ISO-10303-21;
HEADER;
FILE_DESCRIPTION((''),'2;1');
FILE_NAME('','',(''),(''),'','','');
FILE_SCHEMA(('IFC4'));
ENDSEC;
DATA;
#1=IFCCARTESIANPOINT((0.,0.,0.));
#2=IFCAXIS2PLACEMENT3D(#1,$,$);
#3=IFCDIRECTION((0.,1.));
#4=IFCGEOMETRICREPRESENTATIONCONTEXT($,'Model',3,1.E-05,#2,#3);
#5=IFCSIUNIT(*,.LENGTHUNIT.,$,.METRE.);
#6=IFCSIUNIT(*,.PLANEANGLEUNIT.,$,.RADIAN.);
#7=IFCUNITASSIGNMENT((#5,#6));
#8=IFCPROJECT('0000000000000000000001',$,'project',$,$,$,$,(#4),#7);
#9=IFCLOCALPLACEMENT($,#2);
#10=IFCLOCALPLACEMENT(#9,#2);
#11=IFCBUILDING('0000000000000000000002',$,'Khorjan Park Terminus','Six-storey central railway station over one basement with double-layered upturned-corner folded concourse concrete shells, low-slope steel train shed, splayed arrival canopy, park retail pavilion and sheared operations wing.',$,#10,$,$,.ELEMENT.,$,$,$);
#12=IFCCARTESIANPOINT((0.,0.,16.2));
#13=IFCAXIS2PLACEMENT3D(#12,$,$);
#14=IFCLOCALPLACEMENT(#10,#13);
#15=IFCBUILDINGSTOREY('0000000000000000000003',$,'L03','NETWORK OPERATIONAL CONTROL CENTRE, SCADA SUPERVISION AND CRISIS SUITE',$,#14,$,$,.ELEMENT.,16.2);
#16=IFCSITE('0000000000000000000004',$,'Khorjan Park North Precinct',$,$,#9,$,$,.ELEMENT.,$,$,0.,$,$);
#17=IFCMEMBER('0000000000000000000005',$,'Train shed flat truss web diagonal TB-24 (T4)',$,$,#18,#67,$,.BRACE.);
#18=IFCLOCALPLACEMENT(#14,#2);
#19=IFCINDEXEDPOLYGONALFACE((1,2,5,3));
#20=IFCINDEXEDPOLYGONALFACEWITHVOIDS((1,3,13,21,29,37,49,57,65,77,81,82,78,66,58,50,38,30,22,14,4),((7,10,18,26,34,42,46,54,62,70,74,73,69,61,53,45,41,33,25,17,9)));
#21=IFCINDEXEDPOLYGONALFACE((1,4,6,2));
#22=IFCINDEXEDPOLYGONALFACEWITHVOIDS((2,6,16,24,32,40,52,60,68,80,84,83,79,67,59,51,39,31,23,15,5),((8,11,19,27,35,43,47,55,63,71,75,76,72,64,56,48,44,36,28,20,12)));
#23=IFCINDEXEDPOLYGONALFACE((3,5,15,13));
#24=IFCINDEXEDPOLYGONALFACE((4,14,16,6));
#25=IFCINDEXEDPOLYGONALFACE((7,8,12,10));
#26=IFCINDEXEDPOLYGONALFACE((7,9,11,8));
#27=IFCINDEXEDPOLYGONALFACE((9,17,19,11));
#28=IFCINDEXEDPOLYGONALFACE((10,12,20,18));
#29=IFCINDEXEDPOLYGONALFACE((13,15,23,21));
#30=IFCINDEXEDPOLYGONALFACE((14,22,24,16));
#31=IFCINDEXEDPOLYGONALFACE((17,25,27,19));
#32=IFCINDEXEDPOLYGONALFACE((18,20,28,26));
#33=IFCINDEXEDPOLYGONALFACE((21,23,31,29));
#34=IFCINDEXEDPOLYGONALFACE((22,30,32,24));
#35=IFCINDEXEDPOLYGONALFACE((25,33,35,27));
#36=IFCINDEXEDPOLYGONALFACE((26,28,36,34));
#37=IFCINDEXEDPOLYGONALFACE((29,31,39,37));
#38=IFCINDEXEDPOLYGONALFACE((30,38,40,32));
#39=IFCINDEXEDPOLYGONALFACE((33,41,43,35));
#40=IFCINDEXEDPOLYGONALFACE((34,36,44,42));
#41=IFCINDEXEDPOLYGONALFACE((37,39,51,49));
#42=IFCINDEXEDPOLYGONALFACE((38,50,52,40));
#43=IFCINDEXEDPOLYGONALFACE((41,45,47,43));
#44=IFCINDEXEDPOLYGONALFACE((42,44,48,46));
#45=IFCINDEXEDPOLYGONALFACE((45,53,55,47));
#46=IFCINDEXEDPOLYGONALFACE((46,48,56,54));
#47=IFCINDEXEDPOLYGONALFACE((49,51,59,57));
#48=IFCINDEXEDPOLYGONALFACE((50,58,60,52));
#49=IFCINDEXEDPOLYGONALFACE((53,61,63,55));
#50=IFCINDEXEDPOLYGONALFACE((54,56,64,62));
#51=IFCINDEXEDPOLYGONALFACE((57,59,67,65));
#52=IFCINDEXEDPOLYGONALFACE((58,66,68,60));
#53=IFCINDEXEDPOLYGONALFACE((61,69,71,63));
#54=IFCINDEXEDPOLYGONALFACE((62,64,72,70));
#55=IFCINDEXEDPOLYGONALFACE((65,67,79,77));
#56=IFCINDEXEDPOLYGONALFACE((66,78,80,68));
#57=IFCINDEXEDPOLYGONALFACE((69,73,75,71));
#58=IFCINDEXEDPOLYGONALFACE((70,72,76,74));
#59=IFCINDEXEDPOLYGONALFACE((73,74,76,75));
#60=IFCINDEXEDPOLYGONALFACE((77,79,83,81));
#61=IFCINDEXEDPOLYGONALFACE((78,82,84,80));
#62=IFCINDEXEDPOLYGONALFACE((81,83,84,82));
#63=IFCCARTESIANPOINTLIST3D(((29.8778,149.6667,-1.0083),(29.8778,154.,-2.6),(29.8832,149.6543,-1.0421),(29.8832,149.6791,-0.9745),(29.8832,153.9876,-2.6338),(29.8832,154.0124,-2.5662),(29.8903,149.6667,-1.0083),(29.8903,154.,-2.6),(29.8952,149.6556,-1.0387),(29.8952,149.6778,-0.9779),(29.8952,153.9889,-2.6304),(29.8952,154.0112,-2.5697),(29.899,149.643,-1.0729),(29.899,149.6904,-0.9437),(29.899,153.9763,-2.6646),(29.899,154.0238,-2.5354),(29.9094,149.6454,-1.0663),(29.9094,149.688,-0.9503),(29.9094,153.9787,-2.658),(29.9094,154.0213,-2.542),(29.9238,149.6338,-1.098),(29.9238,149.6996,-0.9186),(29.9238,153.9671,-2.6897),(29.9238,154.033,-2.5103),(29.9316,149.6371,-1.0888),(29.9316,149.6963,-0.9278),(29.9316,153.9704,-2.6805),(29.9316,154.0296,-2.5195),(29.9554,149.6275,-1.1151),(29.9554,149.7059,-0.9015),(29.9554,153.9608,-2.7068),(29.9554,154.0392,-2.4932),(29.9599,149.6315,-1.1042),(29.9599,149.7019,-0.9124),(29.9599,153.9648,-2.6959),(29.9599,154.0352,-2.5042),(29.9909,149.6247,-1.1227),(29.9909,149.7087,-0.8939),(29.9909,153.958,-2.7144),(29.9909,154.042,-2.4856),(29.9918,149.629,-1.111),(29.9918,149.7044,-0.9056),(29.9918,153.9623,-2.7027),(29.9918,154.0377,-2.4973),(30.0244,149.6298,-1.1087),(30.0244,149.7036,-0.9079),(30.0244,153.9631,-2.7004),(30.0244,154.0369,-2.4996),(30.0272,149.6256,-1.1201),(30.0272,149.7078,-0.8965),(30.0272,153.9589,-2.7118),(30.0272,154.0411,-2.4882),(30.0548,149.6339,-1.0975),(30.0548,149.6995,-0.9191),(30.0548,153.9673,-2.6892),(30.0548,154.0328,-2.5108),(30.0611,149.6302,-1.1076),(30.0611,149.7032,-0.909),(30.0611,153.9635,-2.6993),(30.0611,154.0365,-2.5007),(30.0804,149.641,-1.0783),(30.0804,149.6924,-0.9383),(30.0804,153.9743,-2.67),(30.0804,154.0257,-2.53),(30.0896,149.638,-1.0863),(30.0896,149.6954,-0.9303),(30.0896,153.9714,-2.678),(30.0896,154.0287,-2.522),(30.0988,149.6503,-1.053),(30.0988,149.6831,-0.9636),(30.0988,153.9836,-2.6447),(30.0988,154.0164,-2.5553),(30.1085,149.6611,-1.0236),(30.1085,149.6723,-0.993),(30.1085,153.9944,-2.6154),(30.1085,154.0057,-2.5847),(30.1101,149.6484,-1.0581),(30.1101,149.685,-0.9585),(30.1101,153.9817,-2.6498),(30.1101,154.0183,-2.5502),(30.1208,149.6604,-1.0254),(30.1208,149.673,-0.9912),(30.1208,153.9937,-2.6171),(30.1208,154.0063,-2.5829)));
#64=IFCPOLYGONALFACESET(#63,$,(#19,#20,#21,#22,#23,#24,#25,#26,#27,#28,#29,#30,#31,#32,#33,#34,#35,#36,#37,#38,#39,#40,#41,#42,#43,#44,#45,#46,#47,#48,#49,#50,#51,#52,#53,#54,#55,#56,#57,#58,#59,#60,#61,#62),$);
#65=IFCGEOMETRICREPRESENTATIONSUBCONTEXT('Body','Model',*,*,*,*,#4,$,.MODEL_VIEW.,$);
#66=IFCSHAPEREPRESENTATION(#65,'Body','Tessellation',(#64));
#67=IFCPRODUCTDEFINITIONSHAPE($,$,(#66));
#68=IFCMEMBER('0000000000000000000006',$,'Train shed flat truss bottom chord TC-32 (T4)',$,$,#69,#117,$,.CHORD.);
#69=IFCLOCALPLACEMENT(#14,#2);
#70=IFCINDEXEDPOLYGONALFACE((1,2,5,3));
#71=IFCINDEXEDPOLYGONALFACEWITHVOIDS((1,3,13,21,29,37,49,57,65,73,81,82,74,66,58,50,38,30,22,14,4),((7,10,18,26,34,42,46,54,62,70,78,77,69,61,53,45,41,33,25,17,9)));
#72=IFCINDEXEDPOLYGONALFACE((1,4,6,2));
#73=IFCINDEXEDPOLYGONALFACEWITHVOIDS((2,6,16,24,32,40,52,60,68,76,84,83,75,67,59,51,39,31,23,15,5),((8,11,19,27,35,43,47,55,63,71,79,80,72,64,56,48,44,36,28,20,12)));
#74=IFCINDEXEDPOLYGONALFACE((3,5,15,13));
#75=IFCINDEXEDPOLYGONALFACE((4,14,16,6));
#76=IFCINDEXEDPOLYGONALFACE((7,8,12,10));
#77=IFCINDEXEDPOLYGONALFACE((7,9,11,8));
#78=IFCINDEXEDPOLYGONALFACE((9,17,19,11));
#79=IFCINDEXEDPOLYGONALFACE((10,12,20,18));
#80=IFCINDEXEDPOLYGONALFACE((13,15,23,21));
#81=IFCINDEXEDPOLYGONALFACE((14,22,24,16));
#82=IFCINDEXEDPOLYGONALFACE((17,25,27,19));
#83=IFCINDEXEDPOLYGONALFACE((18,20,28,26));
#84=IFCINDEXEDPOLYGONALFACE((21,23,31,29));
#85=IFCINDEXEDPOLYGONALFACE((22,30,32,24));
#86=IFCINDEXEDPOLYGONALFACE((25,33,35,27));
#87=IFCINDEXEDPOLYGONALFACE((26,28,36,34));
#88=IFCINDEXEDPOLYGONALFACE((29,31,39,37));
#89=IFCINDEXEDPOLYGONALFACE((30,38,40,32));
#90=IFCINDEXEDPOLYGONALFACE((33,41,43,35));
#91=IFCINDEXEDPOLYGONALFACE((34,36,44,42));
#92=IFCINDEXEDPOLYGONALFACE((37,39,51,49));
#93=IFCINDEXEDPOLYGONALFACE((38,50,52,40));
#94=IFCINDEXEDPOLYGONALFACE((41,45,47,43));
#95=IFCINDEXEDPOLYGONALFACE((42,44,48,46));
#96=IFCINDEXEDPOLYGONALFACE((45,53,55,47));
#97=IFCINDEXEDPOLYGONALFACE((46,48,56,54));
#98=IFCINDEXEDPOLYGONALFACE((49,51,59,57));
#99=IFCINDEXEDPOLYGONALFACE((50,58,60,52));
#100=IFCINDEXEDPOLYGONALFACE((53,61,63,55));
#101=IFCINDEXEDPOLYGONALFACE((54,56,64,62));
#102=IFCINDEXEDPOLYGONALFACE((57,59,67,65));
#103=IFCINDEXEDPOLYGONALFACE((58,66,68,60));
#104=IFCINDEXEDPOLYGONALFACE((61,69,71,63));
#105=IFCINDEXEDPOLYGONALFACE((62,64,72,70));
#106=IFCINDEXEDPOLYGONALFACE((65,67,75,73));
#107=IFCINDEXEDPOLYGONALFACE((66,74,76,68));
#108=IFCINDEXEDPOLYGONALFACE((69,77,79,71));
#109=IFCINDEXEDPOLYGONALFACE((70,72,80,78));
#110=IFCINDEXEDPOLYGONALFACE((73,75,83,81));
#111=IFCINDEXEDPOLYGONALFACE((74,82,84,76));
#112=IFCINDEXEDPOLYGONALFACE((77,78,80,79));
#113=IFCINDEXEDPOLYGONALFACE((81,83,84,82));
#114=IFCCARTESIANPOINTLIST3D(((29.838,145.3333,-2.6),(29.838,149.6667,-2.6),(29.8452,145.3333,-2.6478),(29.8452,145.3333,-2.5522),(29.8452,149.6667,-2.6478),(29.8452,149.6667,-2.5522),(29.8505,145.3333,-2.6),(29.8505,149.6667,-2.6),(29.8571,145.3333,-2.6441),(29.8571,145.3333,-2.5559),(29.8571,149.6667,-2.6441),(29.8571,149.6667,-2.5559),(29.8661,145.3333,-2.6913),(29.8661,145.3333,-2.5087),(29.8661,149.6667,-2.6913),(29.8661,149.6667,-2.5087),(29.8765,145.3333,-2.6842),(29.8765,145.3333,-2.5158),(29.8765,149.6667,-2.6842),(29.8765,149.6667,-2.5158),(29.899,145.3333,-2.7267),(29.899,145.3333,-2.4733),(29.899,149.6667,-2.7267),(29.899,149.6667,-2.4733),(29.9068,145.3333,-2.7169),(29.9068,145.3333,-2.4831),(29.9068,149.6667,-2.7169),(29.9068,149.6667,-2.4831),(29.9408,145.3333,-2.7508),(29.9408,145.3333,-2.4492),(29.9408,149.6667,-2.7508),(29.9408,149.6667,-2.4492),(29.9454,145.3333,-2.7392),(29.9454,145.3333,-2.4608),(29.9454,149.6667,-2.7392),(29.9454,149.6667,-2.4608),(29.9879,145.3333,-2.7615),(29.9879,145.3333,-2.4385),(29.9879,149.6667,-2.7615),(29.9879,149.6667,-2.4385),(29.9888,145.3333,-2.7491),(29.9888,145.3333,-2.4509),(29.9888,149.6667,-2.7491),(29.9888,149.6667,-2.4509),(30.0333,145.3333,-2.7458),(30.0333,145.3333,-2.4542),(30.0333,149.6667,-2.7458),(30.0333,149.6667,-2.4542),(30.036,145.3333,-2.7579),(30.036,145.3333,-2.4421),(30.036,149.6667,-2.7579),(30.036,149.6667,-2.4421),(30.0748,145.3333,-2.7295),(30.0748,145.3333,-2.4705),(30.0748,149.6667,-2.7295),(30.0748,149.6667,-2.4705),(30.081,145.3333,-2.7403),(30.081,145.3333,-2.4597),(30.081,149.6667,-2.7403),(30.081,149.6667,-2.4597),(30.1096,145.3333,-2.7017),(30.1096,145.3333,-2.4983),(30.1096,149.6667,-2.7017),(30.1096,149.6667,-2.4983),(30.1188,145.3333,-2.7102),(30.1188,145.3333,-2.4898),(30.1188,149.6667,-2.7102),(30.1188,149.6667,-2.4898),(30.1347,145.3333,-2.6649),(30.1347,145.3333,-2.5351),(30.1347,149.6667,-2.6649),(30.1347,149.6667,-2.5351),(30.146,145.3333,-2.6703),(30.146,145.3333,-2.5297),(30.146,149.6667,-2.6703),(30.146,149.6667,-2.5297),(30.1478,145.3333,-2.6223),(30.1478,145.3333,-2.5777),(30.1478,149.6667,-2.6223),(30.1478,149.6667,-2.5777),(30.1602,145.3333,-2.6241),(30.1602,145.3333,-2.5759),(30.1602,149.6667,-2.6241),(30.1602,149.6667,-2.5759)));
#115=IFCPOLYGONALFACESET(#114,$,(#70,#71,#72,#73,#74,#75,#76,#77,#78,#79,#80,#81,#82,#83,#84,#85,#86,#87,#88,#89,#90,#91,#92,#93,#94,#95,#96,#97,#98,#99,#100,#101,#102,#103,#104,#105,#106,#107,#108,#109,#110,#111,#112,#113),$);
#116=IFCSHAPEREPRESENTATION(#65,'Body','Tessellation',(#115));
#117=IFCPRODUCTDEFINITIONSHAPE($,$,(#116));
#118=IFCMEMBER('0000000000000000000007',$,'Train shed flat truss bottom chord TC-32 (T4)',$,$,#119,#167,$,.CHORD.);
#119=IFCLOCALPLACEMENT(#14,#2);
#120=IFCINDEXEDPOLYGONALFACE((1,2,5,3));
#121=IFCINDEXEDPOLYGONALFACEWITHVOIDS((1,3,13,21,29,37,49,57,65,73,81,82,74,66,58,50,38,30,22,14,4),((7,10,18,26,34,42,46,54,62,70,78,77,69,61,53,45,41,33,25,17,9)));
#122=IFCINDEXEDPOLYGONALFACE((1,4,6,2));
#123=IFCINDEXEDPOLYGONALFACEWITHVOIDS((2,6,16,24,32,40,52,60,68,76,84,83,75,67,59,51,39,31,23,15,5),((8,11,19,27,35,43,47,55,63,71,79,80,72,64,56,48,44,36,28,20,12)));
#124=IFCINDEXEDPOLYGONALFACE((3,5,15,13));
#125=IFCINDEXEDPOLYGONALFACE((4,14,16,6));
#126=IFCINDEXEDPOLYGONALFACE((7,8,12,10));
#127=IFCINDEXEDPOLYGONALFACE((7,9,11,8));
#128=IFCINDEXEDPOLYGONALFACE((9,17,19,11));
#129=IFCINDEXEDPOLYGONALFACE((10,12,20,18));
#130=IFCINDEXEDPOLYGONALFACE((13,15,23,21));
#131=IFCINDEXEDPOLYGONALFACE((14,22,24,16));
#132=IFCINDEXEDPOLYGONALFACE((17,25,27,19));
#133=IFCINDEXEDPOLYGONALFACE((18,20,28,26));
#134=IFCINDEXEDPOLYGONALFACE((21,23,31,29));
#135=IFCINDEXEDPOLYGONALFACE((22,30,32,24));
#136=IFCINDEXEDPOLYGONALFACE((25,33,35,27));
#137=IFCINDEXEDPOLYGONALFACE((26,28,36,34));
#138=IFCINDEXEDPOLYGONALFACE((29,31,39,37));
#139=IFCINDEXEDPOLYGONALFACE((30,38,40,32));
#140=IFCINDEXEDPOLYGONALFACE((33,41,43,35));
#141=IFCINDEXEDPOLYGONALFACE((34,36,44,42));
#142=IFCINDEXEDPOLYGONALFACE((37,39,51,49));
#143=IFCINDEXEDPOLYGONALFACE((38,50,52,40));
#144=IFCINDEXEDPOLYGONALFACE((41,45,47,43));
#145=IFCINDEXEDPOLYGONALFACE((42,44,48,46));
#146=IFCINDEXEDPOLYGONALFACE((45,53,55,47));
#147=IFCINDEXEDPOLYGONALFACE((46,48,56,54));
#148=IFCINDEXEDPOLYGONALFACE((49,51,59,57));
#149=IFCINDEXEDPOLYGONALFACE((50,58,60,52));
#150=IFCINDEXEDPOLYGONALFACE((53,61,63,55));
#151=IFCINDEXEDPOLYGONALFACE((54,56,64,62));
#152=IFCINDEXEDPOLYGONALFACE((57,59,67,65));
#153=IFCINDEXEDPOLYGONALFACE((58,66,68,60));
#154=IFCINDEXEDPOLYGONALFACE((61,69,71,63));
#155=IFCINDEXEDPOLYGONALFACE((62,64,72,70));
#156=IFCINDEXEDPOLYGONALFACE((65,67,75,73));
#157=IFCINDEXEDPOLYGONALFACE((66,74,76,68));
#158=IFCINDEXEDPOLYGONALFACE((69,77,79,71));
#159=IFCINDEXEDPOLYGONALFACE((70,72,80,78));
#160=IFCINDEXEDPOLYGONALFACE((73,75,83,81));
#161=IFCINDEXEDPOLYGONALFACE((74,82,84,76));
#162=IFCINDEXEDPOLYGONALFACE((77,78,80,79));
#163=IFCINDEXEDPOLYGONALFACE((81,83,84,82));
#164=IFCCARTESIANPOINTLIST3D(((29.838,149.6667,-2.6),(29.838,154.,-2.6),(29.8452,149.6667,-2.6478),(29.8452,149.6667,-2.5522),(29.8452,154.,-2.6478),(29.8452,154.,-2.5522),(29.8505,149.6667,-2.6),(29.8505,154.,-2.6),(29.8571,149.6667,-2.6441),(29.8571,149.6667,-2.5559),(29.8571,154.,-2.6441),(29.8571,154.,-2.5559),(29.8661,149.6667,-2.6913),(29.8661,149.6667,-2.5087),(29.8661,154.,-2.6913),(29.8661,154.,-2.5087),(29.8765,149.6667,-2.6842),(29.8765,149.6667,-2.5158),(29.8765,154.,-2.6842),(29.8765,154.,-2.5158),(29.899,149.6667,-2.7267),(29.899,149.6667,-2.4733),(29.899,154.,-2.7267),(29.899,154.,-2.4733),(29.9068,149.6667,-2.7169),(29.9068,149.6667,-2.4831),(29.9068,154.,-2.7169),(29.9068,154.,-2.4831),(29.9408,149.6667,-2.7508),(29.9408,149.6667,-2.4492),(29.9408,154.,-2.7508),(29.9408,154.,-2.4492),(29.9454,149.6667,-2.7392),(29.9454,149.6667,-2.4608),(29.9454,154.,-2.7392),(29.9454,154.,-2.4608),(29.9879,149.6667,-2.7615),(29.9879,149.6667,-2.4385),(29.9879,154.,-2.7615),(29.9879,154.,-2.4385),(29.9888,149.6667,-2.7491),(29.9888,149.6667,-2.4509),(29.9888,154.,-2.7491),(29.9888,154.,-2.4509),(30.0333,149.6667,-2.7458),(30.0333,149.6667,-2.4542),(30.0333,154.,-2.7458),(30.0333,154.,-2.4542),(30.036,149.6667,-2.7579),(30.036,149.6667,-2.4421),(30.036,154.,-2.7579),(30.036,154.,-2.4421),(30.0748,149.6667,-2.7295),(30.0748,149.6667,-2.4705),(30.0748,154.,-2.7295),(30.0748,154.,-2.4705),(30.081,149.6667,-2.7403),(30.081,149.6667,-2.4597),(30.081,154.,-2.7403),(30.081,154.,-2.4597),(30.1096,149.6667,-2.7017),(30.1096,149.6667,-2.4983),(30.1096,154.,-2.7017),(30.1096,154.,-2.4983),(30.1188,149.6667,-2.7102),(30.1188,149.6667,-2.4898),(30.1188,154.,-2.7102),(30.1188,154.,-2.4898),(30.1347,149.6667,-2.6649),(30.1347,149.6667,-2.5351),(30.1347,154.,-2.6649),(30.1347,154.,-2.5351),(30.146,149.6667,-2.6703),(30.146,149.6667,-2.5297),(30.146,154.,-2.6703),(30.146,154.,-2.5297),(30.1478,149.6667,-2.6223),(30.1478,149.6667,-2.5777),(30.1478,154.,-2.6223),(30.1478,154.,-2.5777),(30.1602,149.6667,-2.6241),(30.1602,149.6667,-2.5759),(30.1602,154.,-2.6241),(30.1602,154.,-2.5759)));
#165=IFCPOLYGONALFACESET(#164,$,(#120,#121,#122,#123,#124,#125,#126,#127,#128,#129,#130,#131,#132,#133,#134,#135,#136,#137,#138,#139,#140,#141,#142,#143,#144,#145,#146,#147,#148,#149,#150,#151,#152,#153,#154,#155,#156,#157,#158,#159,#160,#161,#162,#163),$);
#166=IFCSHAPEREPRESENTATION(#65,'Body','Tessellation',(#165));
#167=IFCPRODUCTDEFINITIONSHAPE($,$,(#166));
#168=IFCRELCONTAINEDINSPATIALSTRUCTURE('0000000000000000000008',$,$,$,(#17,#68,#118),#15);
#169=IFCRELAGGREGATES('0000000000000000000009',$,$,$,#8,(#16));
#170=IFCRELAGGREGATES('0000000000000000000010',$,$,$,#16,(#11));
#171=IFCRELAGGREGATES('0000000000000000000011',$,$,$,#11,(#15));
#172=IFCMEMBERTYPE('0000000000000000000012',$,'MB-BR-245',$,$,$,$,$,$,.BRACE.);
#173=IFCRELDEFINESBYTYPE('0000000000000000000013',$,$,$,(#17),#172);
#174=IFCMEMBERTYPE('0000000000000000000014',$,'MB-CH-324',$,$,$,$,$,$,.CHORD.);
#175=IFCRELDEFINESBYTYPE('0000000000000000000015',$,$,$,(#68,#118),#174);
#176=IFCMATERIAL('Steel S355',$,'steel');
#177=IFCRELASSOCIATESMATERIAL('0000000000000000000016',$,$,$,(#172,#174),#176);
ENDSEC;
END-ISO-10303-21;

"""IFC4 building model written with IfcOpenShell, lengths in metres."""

from ifc_helpers import new_model, si_unit, direction, frame, origin, origin_2d, place, context, subcontext, project, spatial, hollow_circle, extrude, material, material_profile, profile_set, type_object, element, save


model = new_model("IFC4")

# Units and contexts
model_context = context("Model", 3, precision=1e-05, world=origin(), true_north=direction((0.0, 1.0)))
body_context = subcontext(model_context, "Body", "Model", "MODEL_VIEW")
ifc_project = project(units=[si_unit("LENGTHUNIT", "METRE"), si_unit("PLANEANGLEUNIT", "RADIAN")], contexts=[model_context])

# Site, building, storey
site_placement = place(None, origin())
site = spatial("IfcSite", under=ifc_project, at=site_placement, Name="Khorjan Park North Precinct", CompositionType="ELEMENT", RefElevation=0.0)
building_placement = place(site_placement, origin())
building = spatial("IfcBuilding", under=site, at=building_placement, Name="Khorjan Park Terminus", Description="Six-storey central railway station over one basement with double-layered upturned-corner folded concourse concrete shells, low-slope steel train shed, splayed arrival canopy, park retail pavilion and sheared operations wing.", CompositionType="ELEMENT")
storey_placement = place(building_placement, frame((0.0, 0.0, 16.2)))
storey = spatial("IfcBuildingStorey", under=building, at=storey_placement, Name="L03", Description="NETWORK OPERATIONAL CONTROL CENTRE, SCADA SUPERVISION AND CRISIS SUITE", CompositionType="ELEMENT", Elevation=16.2)

# Members
ifc_material = material(Name="Steel S355", Category="steel")
ifc_material_profile_1 = material_profile(ifc_material, hollow_circle(Radius=0.1222, WallThickness=0.0125, at=origin_2d()), Name="CHS 244.5x12.5")
ifc_profile_set_1 = profile_set([ifc_material_profile_1], Name="Steel S355")
member_type_1 = type_object("IfcMemberType", Name="MB-BR-245", PredefinedType="BRACE", material=ifc_profile_set_1)
member_1_placement = place(storey_placement, frame((30.0, 149.6667, -1.0083), z_axis=(0.0, 0.938678, -0.344794), x_axis=(-1.0, 0.0, 0.0)))
element("IfcMember", 1, at=member_1_placement, inside=storey, type_object=member_type_1, Name="Train shed flat truss web diagonal TB-24 (T4)", PredefinedType="BRACE", context=body_context, shape_type="SweptSolid", body=[
    extrude(hollow_circle(Radius=0.1222, WallThickness=0.0125, at=origin_2d()), origin(), (0.0, 0.0, 1.0), 4.6164),
])
ifc_material_profile_2 = material_profile(ifc_material, hollow_circle(Radius=0.162, WallThickness=0.0125, at=origin_2d()), Name="CHS 323.9x12.5")
ifc_profile_set_2 = profile_set([ifc_material_profile_2], Name="Steel S355")
member_type_2 = type_object("IfcMemberType", Name="MB-CH-324", PredefinedType="CHORD", material=ifc_profile_set_2)
member_2_placement = place(storey_placement, frame((30.0, 145.3333, -2.6), z_axis=(0.0, 1.0, 0.0), x_axis=(-1.0, 0.0, 0.0)))
element("IfcMember", 2, at=member_2_placement, inside=storey, type_object=member_type_2, Name="Train shed flat truss bottom chord TC-32 (T4)", PredefinedType="CHORD", context=body_context, shape_type="SweptSolid", body=[
    extrude(hollow_circle(Radius=0.162, WallThickness=0.0125, at=origin_2d()), origin(), (0.0, 0.0, 1.0), 4.3334),
])
member_3_placement = place(storey_placement, frame((30.0, 149.6667, -2.6), z_axis=(0.0, 1.0, 0.0), x_axis=(-1.0, 0.0, 0.0)))
element("IfcMember", 3, at=member_3_placement, inside=storey, type_object=member_type_2, Name="Train shed flat truss bottom chord TC-32 (T4)", PredefinedType="CHORD", context=body_context, shape_type="SweptSolid", body=[
    extrude(hollow_circle(Radius=0.162, WallThickness=0.0125, at=origin_2d()), origin(), (0.0, 0.0, 1.0), 4.3333),
])

save(model, "model.ifc")
